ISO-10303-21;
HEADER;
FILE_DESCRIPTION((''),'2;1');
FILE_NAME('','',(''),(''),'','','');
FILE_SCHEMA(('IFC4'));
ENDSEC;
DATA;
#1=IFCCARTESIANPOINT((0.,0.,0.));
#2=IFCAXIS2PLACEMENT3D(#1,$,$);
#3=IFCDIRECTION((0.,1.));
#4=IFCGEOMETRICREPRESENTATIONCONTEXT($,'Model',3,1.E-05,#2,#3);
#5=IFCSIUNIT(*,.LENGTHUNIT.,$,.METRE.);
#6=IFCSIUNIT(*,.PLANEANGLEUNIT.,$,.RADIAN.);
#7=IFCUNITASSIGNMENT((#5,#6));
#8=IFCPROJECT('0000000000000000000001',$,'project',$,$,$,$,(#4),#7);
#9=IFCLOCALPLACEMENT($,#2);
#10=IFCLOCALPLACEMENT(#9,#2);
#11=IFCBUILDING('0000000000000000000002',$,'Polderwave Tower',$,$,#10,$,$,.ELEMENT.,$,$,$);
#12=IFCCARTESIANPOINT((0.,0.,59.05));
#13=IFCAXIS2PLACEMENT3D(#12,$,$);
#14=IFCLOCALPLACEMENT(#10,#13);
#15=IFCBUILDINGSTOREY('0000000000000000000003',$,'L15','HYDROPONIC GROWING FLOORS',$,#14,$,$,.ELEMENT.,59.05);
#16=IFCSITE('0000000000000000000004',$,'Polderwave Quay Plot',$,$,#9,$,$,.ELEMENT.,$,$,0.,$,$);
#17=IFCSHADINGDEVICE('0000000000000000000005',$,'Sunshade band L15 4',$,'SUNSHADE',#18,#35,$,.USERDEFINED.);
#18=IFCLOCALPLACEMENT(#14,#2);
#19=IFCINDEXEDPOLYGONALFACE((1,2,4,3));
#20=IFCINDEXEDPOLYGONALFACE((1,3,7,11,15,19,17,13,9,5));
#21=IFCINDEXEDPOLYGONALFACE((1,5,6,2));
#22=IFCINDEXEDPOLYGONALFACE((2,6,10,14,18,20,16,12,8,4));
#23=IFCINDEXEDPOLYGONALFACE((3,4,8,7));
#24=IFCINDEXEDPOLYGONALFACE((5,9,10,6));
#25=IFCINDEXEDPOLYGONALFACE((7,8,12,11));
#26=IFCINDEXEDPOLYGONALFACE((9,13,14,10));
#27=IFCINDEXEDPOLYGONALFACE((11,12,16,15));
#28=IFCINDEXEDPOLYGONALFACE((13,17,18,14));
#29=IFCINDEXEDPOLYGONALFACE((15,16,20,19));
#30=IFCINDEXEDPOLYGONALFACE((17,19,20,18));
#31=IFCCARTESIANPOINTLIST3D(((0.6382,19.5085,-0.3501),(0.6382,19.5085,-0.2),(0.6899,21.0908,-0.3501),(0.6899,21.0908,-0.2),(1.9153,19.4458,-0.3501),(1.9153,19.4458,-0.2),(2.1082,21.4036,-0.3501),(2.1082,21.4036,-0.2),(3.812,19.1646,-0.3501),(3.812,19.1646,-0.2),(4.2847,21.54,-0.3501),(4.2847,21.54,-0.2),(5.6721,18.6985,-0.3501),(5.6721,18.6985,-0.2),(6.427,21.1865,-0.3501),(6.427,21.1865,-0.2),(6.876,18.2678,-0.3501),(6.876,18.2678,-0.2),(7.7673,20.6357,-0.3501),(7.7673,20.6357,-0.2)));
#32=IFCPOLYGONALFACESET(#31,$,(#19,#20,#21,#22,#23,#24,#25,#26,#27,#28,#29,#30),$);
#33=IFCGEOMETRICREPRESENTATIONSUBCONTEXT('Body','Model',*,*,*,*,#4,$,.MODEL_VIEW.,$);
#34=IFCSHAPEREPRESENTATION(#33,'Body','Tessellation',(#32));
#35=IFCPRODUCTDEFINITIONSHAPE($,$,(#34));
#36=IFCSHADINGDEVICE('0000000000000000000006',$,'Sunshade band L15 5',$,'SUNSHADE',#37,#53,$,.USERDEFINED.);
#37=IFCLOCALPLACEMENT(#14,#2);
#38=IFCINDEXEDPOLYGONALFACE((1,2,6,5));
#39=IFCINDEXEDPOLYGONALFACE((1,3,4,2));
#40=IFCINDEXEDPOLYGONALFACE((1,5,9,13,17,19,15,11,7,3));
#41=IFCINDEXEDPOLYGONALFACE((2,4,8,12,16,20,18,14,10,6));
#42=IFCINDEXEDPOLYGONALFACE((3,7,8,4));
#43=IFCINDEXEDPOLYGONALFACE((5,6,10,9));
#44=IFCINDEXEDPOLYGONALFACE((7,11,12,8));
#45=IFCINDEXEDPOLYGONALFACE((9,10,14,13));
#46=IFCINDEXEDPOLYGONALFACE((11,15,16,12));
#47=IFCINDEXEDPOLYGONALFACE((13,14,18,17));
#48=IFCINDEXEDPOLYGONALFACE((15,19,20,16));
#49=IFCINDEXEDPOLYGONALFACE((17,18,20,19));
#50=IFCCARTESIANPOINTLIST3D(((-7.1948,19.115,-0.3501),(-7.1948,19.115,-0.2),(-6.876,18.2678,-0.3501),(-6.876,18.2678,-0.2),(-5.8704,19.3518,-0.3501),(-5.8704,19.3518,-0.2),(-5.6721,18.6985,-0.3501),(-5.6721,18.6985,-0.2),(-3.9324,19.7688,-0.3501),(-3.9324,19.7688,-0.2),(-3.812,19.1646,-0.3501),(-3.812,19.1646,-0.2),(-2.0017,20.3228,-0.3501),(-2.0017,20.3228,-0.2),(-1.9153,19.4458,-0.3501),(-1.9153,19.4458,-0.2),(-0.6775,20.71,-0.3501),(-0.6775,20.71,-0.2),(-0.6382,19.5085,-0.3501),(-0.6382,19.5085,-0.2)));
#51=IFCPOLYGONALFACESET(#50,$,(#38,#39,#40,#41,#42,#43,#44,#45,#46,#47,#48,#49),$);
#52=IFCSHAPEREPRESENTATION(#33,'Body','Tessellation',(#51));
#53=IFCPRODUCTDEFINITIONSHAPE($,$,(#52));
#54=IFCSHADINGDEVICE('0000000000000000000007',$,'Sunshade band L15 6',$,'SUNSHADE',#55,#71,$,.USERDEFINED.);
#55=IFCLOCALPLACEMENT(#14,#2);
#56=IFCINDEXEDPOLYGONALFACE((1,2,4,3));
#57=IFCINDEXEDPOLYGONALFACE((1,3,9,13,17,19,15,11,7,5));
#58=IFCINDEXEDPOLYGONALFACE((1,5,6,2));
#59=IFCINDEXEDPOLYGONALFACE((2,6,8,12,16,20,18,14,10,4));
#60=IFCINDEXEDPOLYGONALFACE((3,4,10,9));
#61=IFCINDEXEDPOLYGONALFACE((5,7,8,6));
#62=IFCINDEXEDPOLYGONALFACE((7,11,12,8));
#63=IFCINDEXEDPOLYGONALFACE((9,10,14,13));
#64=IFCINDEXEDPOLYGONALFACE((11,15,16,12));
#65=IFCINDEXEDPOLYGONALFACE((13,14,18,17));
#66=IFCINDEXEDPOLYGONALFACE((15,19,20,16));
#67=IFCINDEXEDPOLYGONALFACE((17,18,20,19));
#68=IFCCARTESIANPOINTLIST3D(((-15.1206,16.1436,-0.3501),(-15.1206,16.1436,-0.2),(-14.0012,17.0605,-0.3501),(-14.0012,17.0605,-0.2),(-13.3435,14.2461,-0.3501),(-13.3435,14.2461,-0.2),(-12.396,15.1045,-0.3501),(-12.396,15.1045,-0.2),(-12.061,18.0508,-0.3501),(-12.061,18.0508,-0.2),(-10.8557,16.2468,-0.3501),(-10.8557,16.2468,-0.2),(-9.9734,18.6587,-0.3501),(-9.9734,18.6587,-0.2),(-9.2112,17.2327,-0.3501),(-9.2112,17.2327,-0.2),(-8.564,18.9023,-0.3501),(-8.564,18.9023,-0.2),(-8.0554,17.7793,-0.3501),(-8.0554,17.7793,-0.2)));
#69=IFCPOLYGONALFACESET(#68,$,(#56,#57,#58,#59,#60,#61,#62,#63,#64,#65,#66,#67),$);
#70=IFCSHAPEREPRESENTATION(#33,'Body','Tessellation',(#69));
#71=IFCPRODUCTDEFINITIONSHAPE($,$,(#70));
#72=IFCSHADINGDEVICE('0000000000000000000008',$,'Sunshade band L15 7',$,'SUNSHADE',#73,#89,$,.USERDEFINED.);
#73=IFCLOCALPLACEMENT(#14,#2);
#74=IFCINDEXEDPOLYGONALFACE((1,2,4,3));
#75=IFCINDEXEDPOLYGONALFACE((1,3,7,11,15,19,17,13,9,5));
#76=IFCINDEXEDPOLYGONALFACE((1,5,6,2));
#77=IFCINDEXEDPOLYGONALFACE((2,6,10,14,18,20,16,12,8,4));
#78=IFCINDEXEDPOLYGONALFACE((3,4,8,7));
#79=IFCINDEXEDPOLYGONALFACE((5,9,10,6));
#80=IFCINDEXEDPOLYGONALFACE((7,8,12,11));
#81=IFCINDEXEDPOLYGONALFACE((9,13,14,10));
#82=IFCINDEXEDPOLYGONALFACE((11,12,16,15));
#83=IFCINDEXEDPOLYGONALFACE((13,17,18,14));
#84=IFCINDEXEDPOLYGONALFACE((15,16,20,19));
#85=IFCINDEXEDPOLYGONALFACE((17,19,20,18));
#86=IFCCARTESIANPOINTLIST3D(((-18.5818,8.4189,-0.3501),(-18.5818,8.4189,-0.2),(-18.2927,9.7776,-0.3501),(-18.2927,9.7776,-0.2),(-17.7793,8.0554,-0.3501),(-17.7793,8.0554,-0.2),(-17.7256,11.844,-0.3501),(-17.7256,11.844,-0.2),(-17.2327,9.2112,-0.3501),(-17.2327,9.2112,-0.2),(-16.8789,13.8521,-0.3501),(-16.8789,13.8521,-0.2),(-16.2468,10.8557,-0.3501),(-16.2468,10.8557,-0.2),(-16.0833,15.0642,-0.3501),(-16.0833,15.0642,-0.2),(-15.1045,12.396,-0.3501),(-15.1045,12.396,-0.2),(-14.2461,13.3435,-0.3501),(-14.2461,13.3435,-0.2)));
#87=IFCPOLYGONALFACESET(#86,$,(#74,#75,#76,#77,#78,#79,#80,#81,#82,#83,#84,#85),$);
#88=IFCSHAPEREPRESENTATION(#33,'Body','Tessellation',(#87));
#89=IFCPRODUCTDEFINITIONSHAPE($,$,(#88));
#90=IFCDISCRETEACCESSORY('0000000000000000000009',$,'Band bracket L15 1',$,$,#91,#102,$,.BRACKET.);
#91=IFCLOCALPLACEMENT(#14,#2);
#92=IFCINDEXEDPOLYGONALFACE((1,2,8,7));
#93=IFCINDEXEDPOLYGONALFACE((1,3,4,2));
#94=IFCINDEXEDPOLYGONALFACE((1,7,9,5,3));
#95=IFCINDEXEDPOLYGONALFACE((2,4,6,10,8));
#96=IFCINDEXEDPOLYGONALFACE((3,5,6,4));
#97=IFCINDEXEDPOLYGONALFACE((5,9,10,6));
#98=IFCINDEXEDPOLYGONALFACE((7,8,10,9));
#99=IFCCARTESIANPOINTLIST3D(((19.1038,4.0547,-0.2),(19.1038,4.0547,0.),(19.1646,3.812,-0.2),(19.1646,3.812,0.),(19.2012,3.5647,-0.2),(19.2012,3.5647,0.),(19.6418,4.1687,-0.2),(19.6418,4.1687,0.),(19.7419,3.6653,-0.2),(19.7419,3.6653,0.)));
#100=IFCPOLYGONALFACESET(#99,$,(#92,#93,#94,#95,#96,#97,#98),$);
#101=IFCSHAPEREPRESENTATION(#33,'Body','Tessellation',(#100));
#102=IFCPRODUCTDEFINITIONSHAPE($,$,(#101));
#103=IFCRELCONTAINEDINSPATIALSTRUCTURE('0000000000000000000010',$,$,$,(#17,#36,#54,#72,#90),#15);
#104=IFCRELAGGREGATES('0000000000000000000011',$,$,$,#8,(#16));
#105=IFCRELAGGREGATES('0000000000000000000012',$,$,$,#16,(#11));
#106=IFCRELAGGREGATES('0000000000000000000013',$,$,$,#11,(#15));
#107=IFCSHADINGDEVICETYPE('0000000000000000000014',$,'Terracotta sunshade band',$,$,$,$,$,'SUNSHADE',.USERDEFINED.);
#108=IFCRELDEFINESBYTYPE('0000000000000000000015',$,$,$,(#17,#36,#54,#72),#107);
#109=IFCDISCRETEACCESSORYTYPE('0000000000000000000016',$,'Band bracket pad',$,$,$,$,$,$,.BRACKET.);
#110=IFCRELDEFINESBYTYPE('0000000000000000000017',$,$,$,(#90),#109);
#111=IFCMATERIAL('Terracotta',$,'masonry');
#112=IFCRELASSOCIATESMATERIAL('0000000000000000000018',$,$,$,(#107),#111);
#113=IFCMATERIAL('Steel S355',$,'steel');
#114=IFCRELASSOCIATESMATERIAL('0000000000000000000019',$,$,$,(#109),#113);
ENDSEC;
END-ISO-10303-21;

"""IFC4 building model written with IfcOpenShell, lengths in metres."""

from ifc_helpers import new_model, si_unit, direction, frame, origin, place, context, subcontext, project, spatial, polyline, outline, extrude, material, type_object, element, save


model = new_model("IFC4")

# Units and contexts
model_context = context("Model", 3, precision=1e-05, world=origin(), true_north=direction((0.0, 1.0)))
body_context = subcontext(model_context, "Body", "Model", "MODEL_VIEW")
ifc_project = project(units=[si_unit("LENGTHUNIT", "METRE"), si_unit("PLANEANGLEUNIT", "RADIAN")], contexts=[model_context])

# Site, building, storey
site_placement = place(None, origin())
site = spatial("IfcSite", under=ifc_project, at=site_placement, Name="Polderwave Quay Plot", CompositionType="ELEMENT", RefElevation=0.0)
building_placement = place(site_placement, origin())
building = spatial("IfcBuilding", under=site, at=building_placement, Name="Polderwave Tower", CompositionType="ELEMENT")
storey_placement = place(building_placement, frame((0.0, 0.0, 59.05)))
storey = spatial("IfcBuildingStorey", under=building, at=storey_placement, Name="L15", Description="HYDROPONIC GROWING FLOORS", CompositionType="ELEMENT", Elevation=59.05)

# Shading devices
ifc_material_1 = material(Name="Terracotta", Category="masonry")
shading_device_type = type_object("IfcShadingDeviceType", Name="Terracotta sunshade band", ElementType="SUNSHADE", PredefinedType="USERDEFINED", material=ifc_material_1)
shading_device_1_placement = place(storey_placement, frame((0.0, 0.0, -0.3501)))
element("IfcShadingDevice", 1, at=shading_device_1_placement, inside=storey, type_object=shading_device_type, Name="Sunshade band L15 4", ObjectType="SUNSHADE", PredefinedType="USERDEFINED", context=body_context, shape_type="SweptSolid", body=[
    extrude(outline(polyline([(6.876, 18.2678), (5.6721, 18.6985), (3.812, 19.1646), (1.9153, 19.4458), (0.6382, 19.5085), (0.6899, 21.0908), (2.1082, 21.4036), (4.2847, 21.54), (6.427, 21.1865), (7.7673, 20.6357), (6.876, 18.2678)])), origin(), (0.0, 0.0, 1.0), 0.1501),
])
shading_device_2_placement = place(storey_placement, frame((0.0, 0.0, -0.3501)))
element("IfcShadingDevice", 2, at=shading_device_2_placement, inside=storey, type_object=shading_device_type, Name="Sunshade band L15 5", ObjectType="SUNSHADE", PredefinedType="USERDEFINED", context=body_context, shape_type="SweptSolid", body=[
    extrude(outline(polyline([(-0.6382, 19.5085), (-1.9153, 19.4458), (-3.812, 19.1646), (-5.6721, 18.6985), (-6.876, 18.2678), (-7.1948, 19.115), (-5.8704, 19.3518), (-3.9324, 19.7688), (-2.0017, 20.3228), (-0.6775, 20.71), (-0.6382, 19.5085)])), origin(), (0.0, 0.0, 1.0), 0.1501),
])
shading_device_3_placement = place(storey_placement, frame((0.0, 0.0, -0.3501)))
element("IfcShadingDevice", 3, at=shading_device_3_placement, inside=storey, type_object=shading_device_type, Name="Sunshade band L15 6", ObjectType="SUNSHADE", PredefinedType="USERDEFINED", context=body_context, shape_type="SweptSolid", body=[
    extrude(outline(polyline([(-8.0554, 17.7793), (-9.2112, 17.2327), (-10.8557, 16.2468), (-12.396, 15.1045), (-13.3435, 14.2461), (-15.1206, 16.1436), (-14.0012, 17.0605), (-12.061, 18.0508), (-9.9734, 18.6587), (-8.564, 18.9023), (-8.0554, 17.7793)])), origin(), (0.0, 0.0, 1.0), 0.1501),
])
shading_device_4_placement = place(storey_placement, frame((0.0, 0.0, -0.3501)))
element("IfcShadingDevice", 4, at=shading_device_4_placement, inside=storey, type_object=shading_device_type, Name="Sunshade band L15 7", ObjectType="SUNSHADE", PredefinedType="USERDEFINED", context=body_context, shape_type="SweptSolid", body=[
    extrude(outline(polyline([(-14.2461, 13.3435), (-15.1045, 12.396), (-16.2468, 10.8557), (-17.2327, 9.2112), (-17.7793, 8.0554), (-18.5818, 8.4189), (-18.2927, 9.7776), (-17.7256, 11.844), (-16.8789, 13.8521), (-16.0833, 15.0642), (-14.2461, 13.3435)])), origin(), (0.0, 0.0, 1.0), 0.1501),
])

# Discrete accessory
ifc_material_2 = material(Name="Steel S355", Category="steel")
discrete_accessory_type = type_object("IfcDiscreteAccessoryType", Name="Band bracket pad", PredefinedType="BRACKET", material=ifc_material_2)
discrete_accessory_placement = place(storey_placement, frame((0.0, 0.0, -0.2)))
element("IfcDiscreteAccessory", 5, at=discrete_accessory_placement, inside=storey, type_object=discrete_accessory_type, Name="Band bracket L15 1", PredefinedType="BRACKET", context=body_context, shape_type="SweptSolid", body=[
    extrude(outline(polyline([(19.2012, 3.5647), (19.1646, 3.812), (19.1038, 4.0547), (19.6418, 4.1687), (19.7419, 3.6653), (19.2012, 3.5647)])), origin(), (0.0, 0.0, 1.0), 0.2),
])

save(model, "model.ifc")
